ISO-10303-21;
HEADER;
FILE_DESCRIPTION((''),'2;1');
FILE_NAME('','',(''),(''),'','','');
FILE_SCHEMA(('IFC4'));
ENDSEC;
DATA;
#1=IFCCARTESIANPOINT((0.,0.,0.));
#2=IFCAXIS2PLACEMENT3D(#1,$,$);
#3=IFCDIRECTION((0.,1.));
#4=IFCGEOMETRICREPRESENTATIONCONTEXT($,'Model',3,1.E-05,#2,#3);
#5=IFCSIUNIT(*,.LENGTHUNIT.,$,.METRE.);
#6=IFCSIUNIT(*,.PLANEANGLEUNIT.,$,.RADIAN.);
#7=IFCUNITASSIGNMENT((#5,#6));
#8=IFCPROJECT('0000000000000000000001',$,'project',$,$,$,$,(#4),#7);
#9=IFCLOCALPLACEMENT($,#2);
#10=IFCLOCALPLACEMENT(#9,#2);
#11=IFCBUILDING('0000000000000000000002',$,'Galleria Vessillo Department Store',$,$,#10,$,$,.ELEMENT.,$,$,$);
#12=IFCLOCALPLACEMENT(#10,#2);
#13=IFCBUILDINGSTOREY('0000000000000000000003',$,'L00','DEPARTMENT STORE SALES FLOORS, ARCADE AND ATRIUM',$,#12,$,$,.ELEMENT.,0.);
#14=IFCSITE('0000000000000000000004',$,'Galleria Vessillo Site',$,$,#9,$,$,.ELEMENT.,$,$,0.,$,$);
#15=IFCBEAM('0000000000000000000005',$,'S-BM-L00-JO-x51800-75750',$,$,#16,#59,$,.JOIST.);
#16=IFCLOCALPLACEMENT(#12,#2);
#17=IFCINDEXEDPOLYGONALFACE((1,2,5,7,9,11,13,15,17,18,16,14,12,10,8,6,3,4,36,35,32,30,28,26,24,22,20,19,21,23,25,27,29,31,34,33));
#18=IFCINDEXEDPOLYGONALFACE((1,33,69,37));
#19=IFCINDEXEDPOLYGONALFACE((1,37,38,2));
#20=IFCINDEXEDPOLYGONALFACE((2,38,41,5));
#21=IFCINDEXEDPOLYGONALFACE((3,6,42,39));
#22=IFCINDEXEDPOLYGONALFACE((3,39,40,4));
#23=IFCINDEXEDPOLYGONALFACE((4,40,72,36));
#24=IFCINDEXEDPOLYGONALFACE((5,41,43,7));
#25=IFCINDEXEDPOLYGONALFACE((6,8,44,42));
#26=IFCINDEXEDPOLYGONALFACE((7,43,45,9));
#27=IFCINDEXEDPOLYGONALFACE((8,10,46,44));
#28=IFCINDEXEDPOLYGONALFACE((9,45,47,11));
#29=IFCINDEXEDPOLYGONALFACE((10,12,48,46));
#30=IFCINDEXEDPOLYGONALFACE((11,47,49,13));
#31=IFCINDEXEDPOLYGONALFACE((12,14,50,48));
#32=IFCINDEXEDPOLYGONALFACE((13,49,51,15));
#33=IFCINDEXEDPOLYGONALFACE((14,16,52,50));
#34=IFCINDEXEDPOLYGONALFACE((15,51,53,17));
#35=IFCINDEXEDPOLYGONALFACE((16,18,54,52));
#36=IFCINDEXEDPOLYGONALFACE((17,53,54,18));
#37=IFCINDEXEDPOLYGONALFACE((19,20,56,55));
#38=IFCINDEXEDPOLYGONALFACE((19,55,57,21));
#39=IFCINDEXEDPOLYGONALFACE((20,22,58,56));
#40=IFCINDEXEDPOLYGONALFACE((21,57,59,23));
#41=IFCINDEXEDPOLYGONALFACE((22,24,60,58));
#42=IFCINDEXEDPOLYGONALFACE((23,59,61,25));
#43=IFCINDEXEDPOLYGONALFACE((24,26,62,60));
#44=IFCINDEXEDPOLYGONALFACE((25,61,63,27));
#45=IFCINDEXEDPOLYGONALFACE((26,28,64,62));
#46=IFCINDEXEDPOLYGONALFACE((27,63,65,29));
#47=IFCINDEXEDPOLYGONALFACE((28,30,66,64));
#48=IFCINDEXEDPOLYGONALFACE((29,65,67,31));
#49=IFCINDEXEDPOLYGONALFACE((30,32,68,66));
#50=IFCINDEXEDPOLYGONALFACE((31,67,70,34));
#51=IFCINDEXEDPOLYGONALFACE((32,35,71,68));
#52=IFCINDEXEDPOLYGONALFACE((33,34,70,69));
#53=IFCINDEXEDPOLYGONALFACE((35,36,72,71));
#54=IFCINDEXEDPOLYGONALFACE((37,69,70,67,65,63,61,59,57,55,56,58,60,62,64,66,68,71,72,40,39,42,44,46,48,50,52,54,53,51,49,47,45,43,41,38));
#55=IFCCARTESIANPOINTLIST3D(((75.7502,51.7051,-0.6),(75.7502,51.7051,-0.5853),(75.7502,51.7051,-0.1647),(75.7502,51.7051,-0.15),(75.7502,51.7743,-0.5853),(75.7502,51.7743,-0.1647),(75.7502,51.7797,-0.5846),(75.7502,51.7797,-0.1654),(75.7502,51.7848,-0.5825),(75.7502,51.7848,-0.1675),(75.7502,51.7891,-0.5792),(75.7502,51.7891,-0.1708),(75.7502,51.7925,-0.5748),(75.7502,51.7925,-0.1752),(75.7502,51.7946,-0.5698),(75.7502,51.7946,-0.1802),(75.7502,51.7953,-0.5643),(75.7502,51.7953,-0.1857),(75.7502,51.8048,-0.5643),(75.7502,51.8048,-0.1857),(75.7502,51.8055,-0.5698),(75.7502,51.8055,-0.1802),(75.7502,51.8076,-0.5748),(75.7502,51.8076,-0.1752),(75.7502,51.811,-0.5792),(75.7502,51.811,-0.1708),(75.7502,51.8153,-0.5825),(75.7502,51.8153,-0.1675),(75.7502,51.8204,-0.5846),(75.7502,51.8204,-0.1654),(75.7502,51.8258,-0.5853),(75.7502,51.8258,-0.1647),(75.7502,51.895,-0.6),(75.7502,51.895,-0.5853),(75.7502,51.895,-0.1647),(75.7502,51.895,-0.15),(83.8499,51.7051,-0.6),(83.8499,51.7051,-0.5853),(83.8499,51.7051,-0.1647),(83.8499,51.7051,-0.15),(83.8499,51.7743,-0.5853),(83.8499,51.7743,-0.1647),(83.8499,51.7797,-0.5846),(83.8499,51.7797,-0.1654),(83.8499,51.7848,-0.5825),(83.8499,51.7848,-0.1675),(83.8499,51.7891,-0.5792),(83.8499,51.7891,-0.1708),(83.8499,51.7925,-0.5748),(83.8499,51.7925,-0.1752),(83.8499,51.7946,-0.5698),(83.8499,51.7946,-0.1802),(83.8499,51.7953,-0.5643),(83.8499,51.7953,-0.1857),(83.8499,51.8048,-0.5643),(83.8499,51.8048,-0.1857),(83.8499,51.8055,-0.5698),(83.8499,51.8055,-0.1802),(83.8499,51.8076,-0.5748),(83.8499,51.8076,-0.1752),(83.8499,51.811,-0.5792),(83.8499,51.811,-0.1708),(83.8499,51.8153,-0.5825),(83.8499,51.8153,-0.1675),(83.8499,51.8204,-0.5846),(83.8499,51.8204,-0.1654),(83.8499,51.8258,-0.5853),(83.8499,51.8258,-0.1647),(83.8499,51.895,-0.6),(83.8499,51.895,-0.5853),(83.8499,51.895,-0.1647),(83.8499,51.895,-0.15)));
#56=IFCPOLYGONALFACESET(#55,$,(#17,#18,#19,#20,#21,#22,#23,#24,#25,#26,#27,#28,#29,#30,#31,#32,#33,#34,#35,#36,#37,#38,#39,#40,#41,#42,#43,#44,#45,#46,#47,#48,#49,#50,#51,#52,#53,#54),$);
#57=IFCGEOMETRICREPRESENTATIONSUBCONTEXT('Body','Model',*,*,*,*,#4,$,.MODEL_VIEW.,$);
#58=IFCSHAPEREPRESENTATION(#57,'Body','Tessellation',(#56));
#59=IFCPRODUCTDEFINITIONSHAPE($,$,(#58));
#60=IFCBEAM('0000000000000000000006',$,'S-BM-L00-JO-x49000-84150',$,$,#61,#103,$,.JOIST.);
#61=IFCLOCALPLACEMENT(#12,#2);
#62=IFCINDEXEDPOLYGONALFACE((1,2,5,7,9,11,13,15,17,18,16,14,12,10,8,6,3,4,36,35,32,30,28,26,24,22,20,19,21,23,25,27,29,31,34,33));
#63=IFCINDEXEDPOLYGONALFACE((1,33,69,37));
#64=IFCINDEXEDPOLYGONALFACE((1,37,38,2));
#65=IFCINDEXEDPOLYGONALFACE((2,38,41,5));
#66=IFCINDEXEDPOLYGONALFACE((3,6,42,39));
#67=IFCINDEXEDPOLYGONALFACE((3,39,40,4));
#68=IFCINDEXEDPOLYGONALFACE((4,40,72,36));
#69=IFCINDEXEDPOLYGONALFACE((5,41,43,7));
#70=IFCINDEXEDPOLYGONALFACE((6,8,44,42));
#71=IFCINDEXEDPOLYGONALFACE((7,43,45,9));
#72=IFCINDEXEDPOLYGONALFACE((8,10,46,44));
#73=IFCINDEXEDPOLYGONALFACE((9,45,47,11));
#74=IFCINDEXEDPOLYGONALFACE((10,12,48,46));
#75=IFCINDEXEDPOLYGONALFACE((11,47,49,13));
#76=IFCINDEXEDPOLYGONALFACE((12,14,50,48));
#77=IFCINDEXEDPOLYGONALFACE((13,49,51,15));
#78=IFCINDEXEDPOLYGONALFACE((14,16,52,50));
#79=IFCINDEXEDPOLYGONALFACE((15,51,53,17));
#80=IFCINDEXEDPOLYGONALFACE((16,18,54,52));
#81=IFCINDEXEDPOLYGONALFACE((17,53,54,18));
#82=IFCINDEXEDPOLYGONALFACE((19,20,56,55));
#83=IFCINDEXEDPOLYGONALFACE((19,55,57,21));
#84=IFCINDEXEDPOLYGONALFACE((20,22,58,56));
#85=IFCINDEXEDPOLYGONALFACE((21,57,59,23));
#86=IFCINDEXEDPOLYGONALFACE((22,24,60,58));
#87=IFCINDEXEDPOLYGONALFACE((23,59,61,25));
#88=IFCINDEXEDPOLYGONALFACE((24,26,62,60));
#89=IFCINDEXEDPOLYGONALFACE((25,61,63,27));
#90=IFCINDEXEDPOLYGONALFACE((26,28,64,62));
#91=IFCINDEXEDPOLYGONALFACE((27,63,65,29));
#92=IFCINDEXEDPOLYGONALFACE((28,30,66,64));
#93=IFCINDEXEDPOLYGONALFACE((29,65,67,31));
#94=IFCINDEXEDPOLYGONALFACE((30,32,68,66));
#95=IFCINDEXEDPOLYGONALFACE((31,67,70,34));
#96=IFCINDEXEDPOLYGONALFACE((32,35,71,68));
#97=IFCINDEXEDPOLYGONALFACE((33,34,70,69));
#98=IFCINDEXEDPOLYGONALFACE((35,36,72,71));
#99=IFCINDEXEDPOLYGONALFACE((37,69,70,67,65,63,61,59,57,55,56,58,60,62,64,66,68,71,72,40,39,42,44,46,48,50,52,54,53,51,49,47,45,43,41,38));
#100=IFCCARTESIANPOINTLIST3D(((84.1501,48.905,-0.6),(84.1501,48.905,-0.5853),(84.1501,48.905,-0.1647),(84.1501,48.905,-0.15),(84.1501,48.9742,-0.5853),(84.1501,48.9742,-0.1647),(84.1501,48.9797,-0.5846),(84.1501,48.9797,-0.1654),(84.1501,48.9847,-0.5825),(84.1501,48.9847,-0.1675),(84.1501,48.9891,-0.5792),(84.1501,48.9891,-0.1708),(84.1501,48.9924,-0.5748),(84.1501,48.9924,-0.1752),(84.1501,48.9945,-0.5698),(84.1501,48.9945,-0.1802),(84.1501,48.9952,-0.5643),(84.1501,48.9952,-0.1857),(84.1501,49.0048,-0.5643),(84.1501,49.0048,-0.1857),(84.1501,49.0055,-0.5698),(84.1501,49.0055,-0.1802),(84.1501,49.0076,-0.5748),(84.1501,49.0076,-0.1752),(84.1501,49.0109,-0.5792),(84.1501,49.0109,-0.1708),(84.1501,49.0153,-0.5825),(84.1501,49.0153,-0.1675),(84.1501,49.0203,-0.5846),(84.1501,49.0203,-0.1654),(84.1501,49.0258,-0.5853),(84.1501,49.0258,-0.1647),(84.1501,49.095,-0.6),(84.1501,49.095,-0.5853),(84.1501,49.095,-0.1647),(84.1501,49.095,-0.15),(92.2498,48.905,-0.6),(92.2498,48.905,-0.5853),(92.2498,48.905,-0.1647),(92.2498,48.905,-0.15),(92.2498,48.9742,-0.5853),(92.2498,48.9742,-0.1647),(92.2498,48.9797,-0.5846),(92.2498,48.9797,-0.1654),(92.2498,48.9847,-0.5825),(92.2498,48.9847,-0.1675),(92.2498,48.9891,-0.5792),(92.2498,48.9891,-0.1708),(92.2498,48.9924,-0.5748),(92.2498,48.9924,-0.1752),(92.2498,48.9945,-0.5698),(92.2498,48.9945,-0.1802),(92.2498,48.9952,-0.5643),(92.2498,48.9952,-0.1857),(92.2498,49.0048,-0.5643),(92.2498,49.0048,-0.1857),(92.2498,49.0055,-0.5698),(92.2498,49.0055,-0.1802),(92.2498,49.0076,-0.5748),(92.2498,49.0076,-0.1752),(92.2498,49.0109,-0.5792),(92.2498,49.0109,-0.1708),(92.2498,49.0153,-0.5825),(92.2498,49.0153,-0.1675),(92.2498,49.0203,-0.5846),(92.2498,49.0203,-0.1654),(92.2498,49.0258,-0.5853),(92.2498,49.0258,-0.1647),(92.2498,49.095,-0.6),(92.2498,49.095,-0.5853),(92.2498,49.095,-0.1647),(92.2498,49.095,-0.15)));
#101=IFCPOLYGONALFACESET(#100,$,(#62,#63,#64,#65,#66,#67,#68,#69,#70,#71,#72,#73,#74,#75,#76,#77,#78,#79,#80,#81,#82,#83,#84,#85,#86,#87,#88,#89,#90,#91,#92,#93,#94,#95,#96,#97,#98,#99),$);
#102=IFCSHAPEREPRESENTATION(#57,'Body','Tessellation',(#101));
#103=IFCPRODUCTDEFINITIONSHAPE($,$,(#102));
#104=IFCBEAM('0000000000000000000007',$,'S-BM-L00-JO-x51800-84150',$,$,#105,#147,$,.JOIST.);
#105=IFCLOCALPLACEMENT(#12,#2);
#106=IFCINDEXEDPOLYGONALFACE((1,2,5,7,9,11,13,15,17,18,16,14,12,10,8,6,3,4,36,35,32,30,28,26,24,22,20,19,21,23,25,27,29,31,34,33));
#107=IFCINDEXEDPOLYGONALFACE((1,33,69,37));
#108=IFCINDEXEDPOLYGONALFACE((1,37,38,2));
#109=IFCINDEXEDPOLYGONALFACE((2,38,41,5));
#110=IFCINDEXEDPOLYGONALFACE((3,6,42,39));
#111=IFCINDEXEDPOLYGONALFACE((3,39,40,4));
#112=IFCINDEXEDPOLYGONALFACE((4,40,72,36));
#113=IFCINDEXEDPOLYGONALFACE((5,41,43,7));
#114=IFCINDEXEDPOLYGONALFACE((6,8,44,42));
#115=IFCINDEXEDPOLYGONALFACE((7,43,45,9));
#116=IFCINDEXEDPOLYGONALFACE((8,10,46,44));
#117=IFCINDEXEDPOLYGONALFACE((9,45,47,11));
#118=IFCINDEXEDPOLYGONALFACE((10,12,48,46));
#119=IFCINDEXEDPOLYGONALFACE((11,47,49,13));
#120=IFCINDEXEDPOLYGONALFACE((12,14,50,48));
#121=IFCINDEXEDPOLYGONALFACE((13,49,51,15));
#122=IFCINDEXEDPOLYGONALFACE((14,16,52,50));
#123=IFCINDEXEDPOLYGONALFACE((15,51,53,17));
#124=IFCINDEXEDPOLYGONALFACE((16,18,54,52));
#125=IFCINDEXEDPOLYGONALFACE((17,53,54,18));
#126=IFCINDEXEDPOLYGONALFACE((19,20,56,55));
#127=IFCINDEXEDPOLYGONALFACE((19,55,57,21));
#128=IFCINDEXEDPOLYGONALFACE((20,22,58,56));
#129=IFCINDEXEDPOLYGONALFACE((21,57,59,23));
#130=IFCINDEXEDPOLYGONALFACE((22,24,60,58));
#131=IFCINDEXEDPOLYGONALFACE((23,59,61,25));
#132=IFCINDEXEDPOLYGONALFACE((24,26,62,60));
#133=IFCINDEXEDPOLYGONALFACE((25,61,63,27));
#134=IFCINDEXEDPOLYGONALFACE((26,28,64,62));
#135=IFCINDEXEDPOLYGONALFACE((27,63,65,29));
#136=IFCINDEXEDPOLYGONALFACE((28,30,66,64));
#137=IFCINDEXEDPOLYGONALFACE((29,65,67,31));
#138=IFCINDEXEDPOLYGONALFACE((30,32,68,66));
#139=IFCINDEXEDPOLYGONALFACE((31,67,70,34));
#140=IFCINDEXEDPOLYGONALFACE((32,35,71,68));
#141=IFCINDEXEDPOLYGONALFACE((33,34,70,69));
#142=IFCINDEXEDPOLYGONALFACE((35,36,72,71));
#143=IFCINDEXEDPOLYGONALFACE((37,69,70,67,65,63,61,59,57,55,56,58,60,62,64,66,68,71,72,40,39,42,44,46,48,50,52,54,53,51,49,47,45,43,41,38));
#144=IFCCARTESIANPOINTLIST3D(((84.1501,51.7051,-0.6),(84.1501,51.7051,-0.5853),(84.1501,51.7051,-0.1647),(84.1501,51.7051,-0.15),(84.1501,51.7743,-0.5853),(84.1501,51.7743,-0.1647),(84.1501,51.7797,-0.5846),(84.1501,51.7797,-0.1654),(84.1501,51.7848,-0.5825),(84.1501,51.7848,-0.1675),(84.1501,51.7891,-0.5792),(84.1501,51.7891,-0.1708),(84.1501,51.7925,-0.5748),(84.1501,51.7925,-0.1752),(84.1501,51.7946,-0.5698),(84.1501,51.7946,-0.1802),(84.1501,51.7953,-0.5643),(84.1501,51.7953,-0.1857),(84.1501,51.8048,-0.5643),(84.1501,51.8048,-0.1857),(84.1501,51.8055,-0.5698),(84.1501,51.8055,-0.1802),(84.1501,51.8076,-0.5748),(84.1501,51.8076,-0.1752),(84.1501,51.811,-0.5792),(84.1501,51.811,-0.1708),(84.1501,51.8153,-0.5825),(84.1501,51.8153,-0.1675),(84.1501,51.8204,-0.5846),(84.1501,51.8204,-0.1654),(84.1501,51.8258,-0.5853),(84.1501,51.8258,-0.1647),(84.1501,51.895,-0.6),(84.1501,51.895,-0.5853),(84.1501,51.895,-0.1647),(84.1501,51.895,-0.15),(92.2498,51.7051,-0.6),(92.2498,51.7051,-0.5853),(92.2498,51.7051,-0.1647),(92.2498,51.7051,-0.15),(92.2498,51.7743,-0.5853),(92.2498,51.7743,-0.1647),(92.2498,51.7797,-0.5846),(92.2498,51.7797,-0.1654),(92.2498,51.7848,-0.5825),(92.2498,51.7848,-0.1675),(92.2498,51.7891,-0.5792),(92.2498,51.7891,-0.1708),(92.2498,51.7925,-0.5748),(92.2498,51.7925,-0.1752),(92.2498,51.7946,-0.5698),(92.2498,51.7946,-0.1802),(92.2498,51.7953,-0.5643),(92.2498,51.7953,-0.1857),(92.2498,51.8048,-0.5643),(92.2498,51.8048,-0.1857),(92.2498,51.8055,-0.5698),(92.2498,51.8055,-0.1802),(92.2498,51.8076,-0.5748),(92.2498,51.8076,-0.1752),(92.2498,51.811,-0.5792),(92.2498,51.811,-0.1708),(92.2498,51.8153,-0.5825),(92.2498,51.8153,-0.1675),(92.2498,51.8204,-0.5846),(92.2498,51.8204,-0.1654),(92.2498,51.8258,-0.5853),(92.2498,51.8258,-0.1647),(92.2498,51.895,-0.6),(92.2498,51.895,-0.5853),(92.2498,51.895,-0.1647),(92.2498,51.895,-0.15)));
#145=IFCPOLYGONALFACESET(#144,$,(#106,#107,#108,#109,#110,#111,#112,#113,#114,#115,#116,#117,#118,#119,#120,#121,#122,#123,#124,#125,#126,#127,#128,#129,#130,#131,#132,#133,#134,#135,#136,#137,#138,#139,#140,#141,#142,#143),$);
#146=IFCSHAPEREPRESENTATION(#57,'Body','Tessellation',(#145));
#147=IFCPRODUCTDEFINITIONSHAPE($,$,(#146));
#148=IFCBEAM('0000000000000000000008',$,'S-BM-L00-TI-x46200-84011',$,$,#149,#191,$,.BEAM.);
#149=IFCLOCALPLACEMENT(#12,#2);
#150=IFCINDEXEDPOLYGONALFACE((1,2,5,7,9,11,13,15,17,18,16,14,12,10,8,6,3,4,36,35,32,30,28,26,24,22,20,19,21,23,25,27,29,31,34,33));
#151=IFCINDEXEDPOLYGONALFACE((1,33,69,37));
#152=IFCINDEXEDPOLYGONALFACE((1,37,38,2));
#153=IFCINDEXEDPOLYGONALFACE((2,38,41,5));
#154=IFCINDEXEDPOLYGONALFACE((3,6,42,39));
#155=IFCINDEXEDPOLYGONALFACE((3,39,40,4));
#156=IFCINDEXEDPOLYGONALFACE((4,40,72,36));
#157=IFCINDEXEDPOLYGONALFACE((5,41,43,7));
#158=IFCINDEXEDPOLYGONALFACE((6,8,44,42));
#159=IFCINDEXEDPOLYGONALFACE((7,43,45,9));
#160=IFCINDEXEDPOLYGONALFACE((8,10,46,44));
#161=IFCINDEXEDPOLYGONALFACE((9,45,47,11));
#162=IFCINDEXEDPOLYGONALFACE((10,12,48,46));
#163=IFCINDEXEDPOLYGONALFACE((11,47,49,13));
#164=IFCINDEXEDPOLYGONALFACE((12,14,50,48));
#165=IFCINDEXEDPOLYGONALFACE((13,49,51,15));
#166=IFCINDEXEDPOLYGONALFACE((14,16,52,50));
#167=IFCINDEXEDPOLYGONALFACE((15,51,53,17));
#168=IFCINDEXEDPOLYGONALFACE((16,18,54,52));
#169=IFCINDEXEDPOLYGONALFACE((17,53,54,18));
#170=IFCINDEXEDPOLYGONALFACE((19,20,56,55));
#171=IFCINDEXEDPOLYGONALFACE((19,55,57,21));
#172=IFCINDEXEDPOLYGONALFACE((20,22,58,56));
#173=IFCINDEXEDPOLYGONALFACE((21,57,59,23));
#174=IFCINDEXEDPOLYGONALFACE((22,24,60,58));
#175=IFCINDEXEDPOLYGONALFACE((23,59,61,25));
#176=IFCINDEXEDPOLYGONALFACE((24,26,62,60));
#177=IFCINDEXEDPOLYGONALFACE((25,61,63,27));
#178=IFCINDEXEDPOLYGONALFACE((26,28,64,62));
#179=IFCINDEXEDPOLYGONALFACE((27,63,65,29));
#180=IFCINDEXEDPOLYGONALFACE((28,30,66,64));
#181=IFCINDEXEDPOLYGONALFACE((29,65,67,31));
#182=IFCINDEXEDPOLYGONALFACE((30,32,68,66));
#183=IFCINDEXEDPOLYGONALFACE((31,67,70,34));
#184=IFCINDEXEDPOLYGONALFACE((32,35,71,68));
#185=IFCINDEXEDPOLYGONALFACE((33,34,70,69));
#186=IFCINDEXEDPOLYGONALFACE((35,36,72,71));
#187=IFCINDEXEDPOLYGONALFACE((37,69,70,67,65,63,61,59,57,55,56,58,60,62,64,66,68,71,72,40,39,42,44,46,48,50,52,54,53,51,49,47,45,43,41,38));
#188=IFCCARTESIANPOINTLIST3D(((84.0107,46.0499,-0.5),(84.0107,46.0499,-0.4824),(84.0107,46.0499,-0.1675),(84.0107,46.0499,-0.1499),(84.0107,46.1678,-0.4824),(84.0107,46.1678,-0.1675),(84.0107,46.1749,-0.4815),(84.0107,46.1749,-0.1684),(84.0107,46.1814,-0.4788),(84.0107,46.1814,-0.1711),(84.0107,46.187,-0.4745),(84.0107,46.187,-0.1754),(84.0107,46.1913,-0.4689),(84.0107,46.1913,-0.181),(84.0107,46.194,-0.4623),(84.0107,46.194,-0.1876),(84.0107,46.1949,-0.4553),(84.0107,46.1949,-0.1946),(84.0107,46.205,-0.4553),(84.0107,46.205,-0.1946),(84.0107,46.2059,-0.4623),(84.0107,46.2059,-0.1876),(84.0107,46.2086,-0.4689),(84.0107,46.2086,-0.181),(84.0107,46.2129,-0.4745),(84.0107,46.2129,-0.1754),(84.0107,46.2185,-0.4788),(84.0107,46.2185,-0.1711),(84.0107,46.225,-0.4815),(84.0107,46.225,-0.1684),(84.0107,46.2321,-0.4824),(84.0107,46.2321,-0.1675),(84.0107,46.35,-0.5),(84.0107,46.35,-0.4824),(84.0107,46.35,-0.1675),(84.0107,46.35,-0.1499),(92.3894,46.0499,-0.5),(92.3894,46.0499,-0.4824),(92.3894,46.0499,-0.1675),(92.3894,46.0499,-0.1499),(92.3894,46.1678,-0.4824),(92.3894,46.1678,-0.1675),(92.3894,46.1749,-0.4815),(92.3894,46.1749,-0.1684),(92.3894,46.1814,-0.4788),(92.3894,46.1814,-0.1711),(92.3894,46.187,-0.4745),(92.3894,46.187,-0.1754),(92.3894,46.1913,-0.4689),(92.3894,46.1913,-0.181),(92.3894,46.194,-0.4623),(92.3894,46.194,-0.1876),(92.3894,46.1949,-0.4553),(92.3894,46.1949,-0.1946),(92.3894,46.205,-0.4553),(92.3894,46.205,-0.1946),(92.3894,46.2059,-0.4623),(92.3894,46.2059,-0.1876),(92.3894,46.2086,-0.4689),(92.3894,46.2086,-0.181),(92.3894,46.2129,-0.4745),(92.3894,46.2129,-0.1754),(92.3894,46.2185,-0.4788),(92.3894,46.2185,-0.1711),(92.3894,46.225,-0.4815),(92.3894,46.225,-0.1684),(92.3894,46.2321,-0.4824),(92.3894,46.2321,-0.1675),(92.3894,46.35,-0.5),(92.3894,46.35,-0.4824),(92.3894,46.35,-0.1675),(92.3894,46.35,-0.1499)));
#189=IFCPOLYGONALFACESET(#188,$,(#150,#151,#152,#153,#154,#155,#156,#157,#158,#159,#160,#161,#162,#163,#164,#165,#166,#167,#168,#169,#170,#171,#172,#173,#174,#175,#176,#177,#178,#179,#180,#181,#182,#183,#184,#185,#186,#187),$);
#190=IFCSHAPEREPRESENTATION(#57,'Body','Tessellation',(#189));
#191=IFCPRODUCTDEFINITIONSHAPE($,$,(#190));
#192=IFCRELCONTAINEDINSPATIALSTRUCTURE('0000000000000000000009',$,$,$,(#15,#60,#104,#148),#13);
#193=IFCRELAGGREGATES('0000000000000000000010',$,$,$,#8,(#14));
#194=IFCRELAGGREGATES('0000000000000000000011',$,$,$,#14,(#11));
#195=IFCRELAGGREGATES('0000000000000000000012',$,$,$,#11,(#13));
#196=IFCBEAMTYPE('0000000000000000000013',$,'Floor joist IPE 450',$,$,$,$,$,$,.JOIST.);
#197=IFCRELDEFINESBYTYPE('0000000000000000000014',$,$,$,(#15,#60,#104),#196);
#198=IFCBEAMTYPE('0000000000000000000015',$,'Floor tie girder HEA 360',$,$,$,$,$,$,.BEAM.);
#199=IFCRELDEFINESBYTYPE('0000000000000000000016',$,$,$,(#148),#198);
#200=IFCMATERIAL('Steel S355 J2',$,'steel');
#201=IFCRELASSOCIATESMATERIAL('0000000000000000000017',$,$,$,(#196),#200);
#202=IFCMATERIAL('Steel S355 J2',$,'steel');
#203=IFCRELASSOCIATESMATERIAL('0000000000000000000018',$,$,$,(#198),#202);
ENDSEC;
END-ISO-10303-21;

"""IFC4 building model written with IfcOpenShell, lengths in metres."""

from ifc_helpers import new_model, si_unit, direction, frame, origin, origin_2d, place, context, subcontext, project, spatial, i_section, extrude, material, material_profile, profile_set, type_object, element, save


model = new_model("IFC4")

# Units and contexts
model_context = context("Model", 3, precision=1e-05, world=origin(), true_north=direction((0.0, 1.0)))
body_context = subcontext(model_context, "Body", "Model", "MODEL_VIEW")
ifc_project = project(units=[si_unit("LENGTHUNIT", "METRE"), si_unit("PLANEANGLEUNIT", "RADIAN")], contexts=[model_context])

# Site, building, storey
site_placement = place(None, origin())
site = spatial("IfcSite", under=ifc_project, at=site_placement, Name="Galleria Vessillo Site", CompositionType="ELEMENT", RefElevation=0.0)
building_placement = place(site_placement, origin())
building = spatial("IfcBuilding", under=site, at=building_placement, Name="Galleria Vessillo Department Store", CompositionType="ELEMENT")
storey_placement = place(building_placement, origin())
storey = spatial("IfcBuildingStorey", under=building, at=storey_placement, Name="L00", Description="DEPARTMENT STORE SALES FLOORS, ARCADE AND ATRIUM", CompositionType="ELEMENT", Elevation=0.0)

# Beams
ifc_material_1 = material(Name="Steel S355 J2", Category="steel")
ifc_material_profile_1 = material_profile(ifc_material_1, i_section(OverallWidth=0.1899, OverallDepth=0.45, WebThickness=0.0095, FlangeThickness=0.0146, FilletRadius=0.021, at=origin_2d()), Name="IPE 450")
ifc_profile_set_1 = profile_set([ifc_material_profile_1], Name="Steel S355 J2")
beam_type_1 = type_object("IfcBeamType", Name="Floor joist IPE 450", PredefinedType="JOIST", material=ifc_profile_set_1)
for number, where, z_axis, x_axis, name in (
    (1, (75.7502, 51.8, -0.375), (1.0, 0.0, 0.0), (0.0, 1.0, 0.0), "S-BM-L00-JO-x51800-75750"),
    (2, (84.1501, 49.0, -0.375), (1.0, 0.0, 0.0), (0.0, 1.0, 0.0), "S-BM-L00-JO-x49000-84150"),
    (3, (84.1501, 51.8, -0.375), (1.0, 0.0, 0.0), (0.0, 1.0, 0.0), "S-BM-L00-JO-x51800-84150"),
):
    element("IfcBeam", number, at=place(storey_placement, frame(where, z_axis=z_axis, x_axis=x_axis)), inside=storey, type_object=beam_type_1, Name=name, PredefinedType="JOIST", context=body_context, shape_type="SweptSolid", body=[
        extrude(i_section(OverallWidth=0.1899, OverallDepth=0.45, WebThickness=0.0095, FlangeThickness=0.0146, FilletRadius=0.021, at=origin_2d()), origin(), (0.0, 0.0, 1.0), 8.0996),
    ])
ifc_material_2 = material(Name="Steel S355 J2", Category="steel")
ifc_material_profile_2 = material_profile(ifc_material_2, i_section(OverallWidth=0.3, OverallDepth=0.3501, WebThickness=0.01, FlangeThickness=0.0176, FilletRadius=0.0271, at=origin_2d()), Name="HEA 360")
ifc_profile_set_2 = profile_set([ifc_material_profile_2], Name="Steel S355 J2")
beam_type_2 = type_object("IfcBeamType", Name="Floor tie girder HEA 360", PredefinedType="BEAM", material=ifc_profile_set_2)
for number, where, z_axis, x_axis, name in (
    (4, (84.0107, 46.2, -0.325), (1.0, 0.0, 0.0), (0.0, 1.0, 0.0), "S-BM-L00-TI-x46200-84011"),
):
    element("IfcBeam", number, at=place(storey_placement, frame(where, z_axis=z_axis, x_axis=x_axis)), inside=storey, type_object=beam_type_2, Name=name, PredefinedType="BEAM", context=body_context, shape_type="SweptSolid", body=[
        extrude(i_section(OverallWidth=0.3, OverallDepth=0.3501, WebThickness=0.01, FlangeThickness=0.0176, FilletRadius=0.0271, at=origin_2d()), origin(), (0.0, 0.0, 1.0), 8.3787),
    ])

save(model, "model.ifc")
